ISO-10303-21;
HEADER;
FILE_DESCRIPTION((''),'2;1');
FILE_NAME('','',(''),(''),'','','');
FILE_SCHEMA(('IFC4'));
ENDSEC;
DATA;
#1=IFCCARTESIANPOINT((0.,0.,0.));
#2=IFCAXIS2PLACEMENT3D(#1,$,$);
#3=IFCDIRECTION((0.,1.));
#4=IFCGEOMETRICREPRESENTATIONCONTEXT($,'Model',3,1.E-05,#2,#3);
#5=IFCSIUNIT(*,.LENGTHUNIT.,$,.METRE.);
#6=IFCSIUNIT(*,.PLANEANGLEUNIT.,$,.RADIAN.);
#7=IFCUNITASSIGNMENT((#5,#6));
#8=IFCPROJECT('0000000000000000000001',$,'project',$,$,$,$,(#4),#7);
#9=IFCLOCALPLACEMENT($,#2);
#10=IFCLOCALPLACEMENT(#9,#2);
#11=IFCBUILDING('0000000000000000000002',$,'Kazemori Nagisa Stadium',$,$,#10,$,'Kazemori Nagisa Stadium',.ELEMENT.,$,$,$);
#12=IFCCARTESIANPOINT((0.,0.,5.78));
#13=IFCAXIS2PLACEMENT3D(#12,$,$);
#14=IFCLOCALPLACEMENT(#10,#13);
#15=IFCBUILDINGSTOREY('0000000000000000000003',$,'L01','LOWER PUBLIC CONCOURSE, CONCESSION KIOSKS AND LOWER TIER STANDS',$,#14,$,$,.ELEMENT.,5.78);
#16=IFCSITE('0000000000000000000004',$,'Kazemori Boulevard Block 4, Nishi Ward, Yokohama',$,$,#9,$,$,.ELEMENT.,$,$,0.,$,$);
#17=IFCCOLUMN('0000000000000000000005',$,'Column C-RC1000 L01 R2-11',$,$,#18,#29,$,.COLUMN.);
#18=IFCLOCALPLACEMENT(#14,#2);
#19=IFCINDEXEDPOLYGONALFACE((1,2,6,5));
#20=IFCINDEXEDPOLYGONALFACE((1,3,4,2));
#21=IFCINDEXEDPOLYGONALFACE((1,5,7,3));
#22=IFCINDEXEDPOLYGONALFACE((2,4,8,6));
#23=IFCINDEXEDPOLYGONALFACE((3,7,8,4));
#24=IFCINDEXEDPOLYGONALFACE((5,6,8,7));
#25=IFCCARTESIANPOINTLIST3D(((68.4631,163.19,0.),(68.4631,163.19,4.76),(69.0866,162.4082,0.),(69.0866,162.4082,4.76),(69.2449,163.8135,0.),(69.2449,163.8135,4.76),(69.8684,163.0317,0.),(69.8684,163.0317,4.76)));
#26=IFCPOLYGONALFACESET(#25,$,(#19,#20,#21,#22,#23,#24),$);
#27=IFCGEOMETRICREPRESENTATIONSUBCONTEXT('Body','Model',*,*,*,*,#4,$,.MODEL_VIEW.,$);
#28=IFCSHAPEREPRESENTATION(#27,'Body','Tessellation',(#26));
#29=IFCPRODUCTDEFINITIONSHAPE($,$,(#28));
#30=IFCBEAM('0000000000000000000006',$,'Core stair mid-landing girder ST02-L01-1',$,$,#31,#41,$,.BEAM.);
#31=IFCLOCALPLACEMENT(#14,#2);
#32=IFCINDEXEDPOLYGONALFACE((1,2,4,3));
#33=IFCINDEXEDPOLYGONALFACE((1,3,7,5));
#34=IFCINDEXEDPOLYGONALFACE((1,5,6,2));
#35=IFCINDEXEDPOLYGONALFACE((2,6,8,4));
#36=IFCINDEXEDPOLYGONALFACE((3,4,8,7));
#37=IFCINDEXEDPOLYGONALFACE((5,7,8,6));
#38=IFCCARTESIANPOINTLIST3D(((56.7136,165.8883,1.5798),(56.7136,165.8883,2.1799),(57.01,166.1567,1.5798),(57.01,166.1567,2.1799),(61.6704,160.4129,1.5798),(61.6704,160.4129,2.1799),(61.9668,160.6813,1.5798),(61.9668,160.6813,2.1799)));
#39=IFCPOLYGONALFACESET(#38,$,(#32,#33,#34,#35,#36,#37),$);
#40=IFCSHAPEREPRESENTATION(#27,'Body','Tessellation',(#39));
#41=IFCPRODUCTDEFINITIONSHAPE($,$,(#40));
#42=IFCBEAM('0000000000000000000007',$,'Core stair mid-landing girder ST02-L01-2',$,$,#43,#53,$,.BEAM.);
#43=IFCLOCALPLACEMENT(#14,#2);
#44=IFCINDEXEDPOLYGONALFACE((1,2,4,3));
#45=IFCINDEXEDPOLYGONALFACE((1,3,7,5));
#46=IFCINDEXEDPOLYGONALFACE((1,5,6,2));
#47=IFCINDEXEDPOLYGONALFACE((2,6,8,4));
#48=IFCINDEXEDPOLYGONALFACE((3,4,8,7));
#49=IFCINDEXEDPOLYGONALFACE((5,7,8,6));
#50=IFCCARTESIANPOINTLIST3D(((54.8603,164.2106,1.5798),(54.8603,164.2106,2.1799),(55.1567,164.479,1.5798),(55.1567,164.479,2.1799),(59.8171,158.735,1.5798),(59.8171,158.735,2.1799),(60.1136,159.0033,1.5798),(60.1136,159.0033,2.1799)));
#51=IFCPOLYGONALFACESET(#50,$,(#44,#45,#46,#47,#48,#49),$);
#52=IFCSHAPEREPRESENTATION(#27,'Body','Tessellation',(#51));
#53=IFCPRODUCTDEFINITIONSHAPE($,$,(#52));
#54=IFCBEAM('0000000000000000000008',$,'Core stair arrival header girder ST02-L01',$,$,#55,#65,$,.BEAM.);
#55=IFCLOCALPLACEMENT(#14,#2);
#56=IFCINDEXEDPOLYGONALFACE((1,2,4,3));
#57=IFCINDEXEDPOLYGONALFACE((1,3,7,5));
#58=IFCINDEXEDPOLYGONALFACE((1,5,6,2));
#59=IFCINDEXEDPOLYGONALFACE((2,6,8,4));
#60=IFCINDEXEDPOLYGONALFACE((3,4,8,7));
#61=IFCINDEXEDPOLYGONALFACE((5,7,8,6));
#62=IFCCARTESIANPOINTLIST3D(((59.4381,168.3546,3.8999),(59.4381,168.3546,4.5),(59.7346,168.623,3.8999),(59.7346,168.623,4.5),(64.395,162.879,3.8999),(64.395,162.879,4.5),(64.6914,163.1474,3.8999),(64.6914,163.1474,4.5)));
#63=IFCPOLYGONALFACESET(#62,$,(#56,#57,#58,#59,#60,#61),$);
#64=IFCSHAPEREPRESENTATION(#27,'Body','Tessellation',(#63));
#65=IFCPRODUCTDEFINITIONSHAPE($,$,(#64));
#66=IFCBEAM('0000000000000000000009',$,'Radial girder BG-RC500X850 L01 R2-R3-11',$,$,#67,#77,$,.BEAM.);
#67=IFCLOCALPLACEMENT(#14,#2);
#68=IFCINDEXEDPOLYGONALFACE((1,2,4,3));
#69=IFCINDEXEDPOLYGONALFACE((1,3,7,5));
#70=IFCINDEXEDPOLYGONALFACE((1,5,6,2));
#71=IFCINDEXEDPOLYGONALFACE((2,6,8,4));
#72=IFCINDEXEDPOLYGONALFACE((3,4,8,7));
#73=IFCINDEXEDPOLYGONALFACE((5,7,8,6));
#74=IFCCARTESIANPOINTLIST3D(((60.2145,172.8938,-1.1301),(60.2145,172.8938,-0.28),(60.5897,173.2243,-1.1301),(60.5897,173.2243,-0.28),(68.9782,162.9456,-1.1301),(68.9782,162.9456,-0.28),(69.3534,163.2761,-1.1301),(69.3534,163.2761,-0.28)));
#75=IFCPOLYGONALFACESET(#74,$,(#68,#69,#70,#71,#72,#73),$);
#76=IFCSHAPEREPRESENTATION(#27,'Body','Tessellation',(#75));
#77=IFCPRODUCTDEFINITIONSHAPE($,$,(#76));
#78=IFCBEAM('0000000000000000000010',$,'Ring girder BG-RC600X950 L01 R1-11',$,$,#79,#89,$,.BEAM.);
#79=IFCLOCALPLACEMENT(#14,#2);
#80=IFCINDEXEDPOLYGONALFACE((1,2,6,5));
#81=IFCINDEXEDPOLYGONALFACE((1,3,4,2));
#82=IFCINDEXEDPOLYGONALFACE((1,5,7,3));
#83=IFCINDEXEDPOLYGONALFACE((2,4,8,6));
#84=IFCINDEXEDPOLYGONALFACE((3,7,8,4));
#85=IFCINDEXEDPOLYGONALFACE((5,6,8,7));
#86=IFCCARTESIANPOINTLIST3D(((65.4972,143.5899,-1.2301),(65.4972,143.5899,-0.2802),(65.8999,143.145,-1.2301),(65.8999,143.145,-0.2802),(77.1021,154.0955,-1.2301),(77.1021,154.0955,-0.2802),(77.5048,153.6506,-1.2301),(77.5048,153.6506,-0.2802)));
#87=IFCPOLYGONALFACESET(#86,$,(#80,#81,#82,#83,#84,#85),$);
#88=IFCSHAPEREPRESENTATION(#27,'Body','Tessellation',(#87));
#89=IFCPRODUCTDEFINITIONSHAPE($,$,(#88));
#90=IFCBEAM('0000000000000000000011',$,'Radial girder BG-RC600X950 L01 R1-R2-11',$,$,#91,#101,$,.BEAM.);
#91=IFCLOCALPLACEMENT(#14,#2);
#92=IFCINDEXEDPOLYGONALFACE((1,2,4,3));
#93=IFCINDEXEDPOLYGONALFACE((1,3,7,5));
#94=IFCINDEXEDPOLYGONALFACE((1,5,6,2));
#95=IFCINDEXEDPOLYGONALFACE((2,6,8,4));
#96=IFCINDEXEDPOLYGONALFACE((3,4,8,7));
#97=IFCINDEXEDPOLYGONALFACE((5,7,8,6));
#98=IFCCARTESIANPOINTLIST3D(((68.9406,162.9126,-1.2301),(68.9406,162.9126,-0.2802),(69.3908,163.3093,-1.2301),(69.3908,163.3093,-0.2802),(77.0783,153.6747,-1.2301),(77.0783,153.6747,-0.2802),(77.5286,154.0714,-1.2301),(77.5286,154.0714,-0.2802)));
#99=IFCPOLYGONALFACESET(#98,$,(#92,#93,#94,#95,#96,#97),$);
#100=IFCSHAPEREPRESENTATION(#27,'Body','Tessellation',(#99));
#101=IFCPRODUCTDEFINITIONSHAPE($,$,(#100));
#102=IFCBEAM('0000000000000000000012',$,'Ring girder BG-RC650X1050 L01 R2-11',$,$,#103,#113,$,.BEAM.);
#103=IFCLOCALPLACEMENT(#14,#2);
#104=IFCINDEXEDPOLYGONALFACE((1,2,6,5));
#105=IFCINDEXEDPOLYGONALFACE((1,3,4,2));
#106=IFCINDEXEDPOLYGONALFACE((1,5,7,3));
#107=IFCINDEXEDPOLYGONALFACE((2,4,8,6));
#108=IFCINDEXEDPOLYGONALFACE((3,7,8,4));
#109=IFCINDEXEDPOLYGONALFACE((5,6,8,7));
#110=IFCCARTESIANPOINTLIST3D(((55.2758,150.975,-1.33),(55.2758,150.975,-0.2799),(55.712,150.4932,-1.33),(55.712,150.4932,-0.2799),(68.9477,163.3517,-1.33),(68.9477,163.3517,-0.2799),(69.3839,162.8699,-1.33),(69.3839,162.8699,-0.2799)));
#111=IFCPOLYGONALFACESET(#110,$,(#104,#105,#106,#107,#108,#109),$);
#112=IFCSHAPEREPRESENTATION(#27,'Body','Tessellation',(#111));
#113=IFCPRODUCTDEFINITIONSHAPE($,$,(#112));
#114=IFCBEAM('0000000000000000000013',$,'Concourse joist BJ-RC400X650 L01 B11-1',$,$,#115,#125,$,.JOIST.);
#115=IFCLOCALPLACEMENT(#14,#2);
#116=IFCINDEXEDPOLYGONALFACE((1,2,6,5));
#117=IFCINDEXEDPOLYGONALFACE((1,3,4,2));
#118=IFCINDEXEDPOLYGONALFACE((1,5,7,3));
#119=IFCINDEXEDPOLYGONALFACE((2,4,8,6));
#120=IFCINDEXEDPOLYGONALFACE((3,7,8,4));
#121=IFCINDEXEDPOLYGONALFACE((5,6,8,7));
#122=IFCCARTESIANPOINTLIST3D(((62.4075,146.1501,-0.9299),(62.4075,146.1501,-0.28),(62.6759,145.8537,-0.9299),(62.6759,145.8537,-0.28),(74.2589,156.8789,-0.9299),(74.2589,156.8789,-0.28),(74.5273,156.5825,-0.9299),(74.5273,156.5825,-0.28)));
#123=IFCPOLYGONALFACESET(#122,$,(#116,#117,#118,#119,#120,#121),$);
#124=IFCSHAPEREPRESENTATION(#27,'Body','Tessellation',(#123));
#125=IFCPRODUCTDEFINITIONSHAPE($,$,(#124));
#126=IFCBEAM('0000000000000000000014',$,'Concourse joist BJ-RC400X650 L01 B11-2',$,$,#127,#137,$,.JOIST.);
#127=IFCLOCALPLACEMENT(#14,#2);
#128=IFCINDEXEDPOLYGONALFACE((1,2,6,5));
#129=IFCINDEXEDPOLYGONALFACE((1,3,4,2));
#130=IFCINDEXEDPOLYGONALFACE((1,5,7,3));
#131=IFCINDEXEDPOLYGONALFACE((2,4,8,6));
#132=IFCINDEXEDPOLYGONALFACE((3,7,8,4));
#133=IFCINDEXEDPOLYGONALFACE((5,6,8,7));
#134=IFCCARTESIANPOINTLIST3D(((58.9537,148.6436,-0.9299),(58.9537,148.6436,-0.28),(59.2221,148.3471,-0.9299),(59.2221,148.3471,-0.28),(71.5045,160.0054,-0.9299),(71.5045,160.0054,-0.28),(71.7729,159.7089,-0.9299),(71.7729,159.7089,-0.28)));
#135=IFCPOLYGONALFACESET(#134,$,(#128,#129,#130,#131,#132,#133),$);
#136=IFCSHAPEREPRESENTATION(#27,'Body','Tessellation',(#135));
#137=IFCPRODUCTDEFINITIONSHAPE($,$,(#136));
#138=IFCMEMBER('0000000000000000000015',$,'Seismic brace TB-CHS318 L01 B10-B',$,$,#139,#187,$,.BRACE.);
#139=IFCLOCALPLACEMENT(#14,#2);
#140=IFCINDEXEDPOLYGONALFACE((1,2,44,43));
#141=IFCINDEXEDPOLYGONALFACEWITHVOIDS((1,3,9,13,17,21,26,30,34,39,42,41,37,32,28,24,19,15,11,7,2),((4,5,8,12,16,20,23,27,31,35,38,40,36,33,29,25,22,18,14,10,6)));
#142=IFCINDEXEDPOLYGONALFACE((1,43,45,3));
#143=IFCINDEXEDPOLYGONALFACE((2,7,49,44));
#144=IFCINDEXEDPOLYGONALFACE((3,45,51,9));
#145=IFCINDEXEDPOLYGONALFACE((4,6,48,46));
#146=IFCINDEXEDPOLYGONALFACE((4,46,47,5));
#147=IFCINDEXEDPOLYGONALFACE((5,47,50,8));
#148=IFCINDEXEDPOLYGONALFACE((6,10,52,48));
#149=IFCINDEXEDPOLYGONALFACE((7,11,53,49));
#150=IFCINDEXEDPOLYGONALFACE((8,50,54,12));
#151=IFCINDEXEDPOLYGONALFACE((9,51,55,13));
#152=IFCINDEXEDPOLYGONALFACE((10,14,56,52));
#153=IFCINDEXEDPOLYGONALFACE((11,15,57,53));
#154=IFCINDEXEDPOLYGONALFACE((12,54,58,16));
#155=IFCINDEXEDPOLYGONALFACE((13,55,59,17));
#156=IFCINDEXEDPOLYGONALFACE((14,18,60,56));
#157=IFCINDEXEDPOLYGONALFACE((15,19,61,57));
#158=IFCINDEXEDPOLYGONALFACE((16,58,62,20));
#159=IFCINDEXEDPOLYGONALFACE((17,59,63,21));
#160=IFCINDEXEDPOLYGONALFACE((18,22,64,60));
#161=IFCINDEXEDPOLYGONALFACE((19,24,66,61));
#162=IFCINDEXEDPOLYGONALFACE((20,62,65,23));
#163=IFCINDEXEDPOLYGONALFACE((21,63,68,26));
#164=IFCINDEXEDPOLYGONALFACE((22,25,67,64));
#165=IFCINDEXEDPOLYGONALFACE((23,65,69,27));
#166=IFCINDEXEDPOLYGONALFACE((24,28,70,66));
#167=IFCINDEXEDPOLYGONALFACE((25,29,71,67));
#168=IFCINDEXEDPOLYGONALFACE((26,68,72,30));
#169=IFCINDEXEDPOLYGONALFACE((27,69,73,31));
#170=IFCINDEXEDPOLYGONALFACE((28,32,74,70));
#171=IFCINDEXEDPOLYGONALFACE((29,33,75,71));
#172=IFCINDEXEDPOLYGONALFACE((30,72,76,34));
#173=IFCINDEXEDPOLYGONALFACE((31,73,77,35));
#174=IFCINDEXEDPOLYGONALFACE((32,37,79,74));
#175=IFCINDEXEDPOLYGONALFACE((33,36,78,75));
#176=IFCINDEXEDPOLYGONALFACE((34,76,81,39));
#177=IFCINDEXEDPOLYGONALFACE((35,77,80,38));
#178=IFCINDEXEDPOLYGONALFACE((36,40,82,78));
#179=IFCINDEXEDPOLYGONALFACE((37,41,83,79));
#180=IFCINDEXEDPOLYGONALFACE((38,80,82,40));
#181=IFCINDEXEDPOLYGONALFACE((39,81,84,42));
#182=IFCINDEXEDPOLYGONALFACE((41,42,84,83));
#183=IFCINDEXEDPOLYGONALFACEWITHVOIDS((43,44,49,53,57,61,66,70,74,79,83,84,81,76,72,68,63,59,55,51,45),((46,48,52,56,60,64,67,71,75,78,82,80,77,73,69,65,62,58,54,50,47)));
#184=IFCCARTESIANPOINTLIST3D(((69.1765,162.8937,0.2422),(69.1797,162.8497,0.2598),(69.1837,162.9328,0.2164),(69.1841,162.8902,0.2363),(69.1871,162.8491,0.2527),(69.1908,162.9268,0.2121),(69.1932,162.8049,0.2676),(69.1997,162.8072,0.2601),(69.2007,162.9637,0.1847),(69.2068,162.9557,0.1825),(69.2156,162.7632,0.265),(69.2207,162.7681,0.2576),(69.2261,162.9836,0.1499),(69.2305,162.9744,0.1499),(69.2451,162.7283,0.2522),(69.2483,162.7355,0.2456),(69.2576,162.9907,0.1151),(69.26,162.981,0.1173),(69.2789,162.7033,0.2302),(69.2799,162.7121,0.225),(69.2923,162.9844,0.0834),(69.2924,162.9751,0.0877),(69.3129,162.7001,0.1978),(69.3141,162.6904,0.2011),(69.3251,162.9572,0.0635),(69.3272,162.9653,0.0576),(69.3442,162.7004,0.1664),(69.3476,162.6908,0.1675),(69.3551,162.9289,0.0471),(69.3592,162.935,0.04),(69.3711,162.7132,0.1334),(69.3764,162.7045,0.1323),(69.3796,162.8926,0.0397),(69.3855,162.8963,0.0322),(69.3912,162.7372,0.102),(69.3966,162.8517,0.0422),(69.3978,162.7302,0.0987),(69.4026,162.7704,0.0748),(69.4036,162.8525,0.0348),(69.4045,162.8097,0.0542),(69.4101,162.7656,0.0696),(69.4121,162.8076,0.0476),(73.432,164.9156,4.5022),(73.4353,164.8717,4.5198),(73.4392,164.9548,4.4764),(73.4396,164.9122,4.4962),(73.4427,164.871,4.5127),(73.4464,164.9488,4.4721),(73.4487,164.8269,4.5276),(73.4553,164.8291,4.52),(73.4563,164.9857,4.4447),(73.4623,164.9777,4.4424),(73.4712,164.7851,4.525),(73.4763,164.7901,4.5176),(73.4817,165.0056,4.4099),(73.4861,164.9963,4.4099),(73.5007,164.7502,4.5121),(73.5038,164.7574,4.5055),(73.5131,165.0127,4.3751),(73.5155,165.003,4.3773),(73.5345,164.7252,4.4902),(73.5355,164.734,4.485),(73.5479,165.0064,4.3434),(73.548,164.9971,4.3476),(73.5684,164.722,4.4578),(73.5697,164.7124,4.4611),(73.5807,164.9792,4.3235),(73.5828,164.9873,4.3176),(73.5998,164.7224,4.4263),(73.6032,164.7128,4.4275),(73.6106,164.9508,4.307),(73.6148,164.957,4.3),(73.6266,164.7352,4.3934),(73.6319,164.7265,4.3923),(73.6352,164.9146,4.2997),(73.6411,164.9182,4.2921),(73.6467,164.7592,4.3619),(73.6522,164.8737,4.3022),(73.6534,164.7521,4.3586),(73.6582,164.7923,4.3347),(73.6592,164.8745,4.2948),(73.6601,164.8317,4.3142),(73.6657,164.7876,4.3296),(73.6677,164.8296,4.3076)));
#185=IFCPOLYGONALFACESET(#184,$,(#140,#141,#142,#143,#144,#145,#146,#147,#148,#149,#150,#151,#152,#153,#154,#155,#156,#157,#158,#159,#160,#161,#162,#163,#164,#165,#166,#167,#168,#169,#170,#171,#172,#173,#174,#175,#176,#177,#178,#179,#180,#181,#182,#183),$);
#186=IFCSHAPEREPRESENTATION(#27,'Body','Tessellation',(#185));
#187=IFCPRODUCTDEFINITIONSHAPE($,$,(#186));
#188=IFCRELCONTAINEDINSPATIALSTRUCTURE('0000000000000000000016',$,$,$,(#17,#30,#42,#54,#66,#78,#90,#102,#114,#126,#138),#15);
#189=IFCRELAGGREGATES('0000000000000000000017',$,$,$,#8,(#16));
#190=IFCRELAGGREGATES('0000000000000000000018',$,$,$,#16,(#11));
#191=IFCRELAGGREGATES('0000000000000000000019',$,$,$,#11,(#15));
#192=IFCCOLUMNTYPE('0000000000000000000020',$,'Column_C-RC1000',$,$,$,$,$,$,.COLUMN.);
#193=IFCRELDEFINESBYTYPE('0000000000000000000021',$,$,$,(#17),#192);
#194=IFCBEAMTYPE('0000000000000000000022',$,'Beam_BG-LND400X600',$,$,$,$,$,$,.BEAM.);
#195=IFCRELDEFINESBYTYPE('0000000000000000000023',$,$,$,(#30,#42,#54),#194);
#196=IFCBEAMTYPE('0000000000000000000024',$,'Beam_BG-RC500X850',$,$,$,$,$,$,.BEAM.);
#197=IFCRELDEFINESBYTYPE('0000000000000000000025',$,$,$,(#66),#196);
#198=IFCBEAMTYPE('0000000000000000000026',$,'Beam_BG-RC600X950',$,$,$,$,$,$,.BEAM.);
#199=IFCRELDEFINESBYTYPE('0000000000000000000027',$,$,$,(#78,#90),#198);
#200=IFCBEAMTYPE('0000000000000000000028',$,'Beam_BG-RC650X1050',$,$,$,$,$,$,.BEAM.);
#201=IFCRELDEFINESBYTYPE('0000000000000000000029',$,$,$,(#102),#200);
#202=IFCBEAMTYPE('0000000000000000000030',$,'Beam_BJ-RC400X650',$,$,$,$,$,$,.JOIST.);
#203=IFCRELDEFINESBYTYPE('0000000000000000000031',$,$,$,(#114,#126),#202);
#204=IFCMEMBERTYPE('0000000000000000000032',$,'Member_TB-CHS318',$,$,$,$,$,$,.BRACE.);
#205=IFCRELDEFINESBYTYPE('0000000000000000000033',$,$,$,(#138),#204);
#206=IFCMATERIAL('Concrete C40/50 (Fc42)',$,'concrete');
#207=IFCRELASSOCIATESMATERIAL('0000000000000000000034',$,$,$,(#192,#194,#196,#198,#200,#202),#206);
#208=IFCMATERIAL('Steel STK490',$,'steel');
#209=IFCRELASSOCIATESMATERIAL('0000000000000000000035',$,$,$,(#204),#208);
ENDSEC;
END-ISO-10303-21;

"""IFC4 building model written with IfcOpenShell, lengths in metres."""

from ifc_helpers import new_model, si_unit, direction, frame, origin, origin_2d, place, context, subcontext, project, spatial, rectangle, hollow_circle, extrude, material, material_profile, profile_set, type_object, element, save


model = new_model("IFC4")

# Units and contexts
model_context = context("Model", 3, precision=1e-05, world=origin(), true_north=direction((0.0, 1.0)))
body_context = subcontext(model_context, "Body", "Model", "MODEL_VIEW")
ifc_project = project(units=[si_unit("LENGTHUNIT", "METRE"), si_unit("PLANEANGLEUNIT", "RADIAN")], contexts=[model_context])

# Site, building, storey
site_placement = place(None, origin())
site = spatial("IfcSite", under=ifc_project, at=site_placement, Name="Kazemori Boulevard Block 4, Nishi Ward, Yokohama", CompositionType="ELEMENT", RefElevation=0.0)
building_placement = place(site_placement, origin())
building = spatial("IfcBuilding", under=site, at=building_placement, Name="Kazemori Nagisa Stadium", LongName="Kazemori Nagisa Stadium", CompositionType="ELEMENT")
storey_placement = place(building_placement, frame((0.0, 0.0, 5.78)))
storey = spatial("IfcBuildingStorey", under=building, at=storey_placement, Name="L01", Description="LOWER PUBLIC CONCOURSE, CONCESSION KIOSKS AND LOWER TIER STANDS", CompositionType="ELEMENT", Elevation=5.78)

# Column
ifc_material_1 = material(Name="Concrete C40/50 (Fc42)", Category="concrete")
ifc_material_profile_1 = material_profile(ifc_material_1, rectangle(XDim=1.0, YDim=1.0, at=origin_2d()), Name="RC-COL-1000x1000")
ifc_profile_set_1 = profile_set([ifc_material_profile_1], Name="Concrete C40/50 (Fc42)")
column_type_1 = type_object("IfcColumnType", Name="Column_C-RC1000", PredefinedType="COLUMN", material=ifc_profile_set_1)
column_1_placement = place(storey_placement, frame((69.1658, 163.1108, 0.0), z_axis=(0.0, 0.0, 1.0), x_axis=(-0.62349, 0.781831, 0.0)))
element("IfcColumn", 1, at=column_1_placement, inside=storey, type_object=column_type_1, Name="Column C-RC1000 L01 R2-11", PredefinedType="COLUMN", context=body_context, shape_type="SweptSolid", body=[
    extrude(rectangle(XDim=1.0, YDim=1.0, at=origin_2d()), origin(), (0.0, 0.0, 1.0), 4.76),
])

# Beams
ifc_material_profile_2 = material_profile(ifc_material_1, rectangle(XDim=0.3999, YDim=0.6001, at=origin_2d()), Name="RC-BM-400x600")
ifc_profile_set_2 = profile_set([ifc_material_profile_2], Name="Concrete C40/50 (Fc42)")
beam_type_1 = type_object("IfcBeamType", Name="Beam_BG-LND400X600", PredefinedType="BEAM", material=ifc_profile_set_2)
beam_1_placement = place(storey_placement, frame((61.8186, 160.5471, 1.8799), z_axis=(-0.67113, 0.74134, 0.0), x_axis=(-0.74134, -0.67113, 0.0)))
element("IfcBeam", 2, at=beam_1_placement, inside=storey, type_object=beam_type_1, Name="Core stair mid-landing girder ST02-L01-1", PredefinedType="BEAM", context=body_context, shape_type="SweptSolid", body=[
    extrude(rectangle(XDim=0.3999, YDim=0.6001, at=origin_2d()), origin(), (0.0, 0.0, 1.0), 7.3857),
])
for number, where, z_axis, x_axis, name in (
    (3, (59.9653, 158.8691, 1.8799), (-0.671113, 0.741355, 0.0), (-0.741355, -0.671113, 0.0), "Core stair mid-landing girder ST02-L01-2"),
    (4, (64.5432, 163.0132, 4.2), (-0.671113, 0.741355, 0.0), (-0.741355, -0.671113, 0.0), "Core stair arrival header girder ST02-L01"),
):
    element("IfcBeam", number, at=place(storey_placement, frame(where, z_axis=z_axis, x_axis=x_axis)), inside=storey, type_object=beam_type_1, Name=name, PredefinedType="BEAM", context=body_context, shape_type="SweptSolid", body=[
        extrude(rectangle(XDim=0.3999, YDim=0.6001, at=origin_2d()), origin(), (0.0, 0.0, 1.0), 7.386),
    ])
ifc_material_profile_3 = material_profile(ifc_material_1, rectangle(XDim=0.5, YDim=0.8501, at=origin_2d()), Name="RC-BM-500x850")
ifc_profile_set_3 = profile_set([ifc_material_profile_3], Name="Concrete C40/50 (Fc42)")
beam_type_2 = type_object("IfcBeamType", Name="Beam_BG-RC500X850", PredefinedType="BEAM", material=ifc_profile_set_3)
beam_2_placement = place(storey_placement, frame((69.1658, 163.1108, -0.7051), z_axis=(-0.66102, 0.750369, 0.0), x_axis=(-0.750369, -0.66102, 0.0)))
element("IfcBeam", 5, at=beam_2_placement, inside=storey, type_object=beam_type_2, Name="Radial girder BG-RC500X850 L01 R2-R3-11", PredefinedType="BEAM", context=body_context, shape_type="SweptSolid", body=[
    extrude(rectangle(XDim=0.5, YDim=0.8501, at=origin_2d()), origin(), (0.0, 0.0, 1.0), 13.2578),
])
ifc_material_profile_4 = material_profile(ifc_material_1, rectangle(XDim=0.6001, YDim=0.95, at=origin_2d()), Name="RC-BM-600x950")
ifc_profile_set_4 = profile_set([ifc_material_profile_4], Name="Concrete C40/50 (Fc42)")
beam_type_3 = type_object("IfcBeamType", Name="Beam_BG-RC600X950", PredefinedType="BEAM", material=ifc_profile_set_4)
beam_3_placement = place(storey_placement, frame((77.3035, 153.873, -0.7551), z_axis=(-0.741349, -0.67112, 0.0), x_axis=(0.67112, -0.741349, 0.0)))
element("IfcBeam", 6, at=beam_3_placement, inside=storey, type_object=beam_type_3, Name="Ring girder BG-RC600X950 L01 R1-11", PredefinedType="BEAM", context=body_context, shape_type="SweptSolid", body=[
    extrude(rectangle(XDim=0.6001, YDim=0.95, at=origin_2d()), origin(), (0.0, 0.0, 1.0), 15.6538),
])
beam_4_placement = place(storey_placement, frame((77.3035, 153.873, -0.7551), z_axis=(-0.661014, 0.750374, 0.0), x_axis=(-0.750374, -0.661014, 0.0)))
element("IfcBeam", 7, at=beam_4_placement, inside=storey, type_object=beam_type_3, Name="Radial girder BG-RC600X950 L01 R1-R2-11", PredefinedType="BEAM", context=body_context, shape_type="SweptSolid", body=[
    extrude(rectangle(XDim=0.6001, YDim=0.95, at=origin_2d()), origin(), (0.0, 0.0, 1.0), 12.311),
])
ifc_material_profile_5 = material_profile(ifc_material_1, rectangle(XDim=0.6499, YDim=1.05, at=origin_2d()), Name="RC-BM-650x1050")
ifc_profile_set_5 = profile_set([ifc_material_profile_5], Name="Concrete C40/50 (Fc42)")
beam_type_4 = type_object("IfcBeamType", Name="Beam_BG-RC650X1050", PredefinedType="BEAM", material=ifc_profile_set_5)
beam_5_placement = place(storey_placement, frame((69.1658, 163.1108, -0.8049), z_axis=(-0.741349, -0.67112, 0.0), x_axis=(0.67112, -0.741349, 0.0)))
element("IfcBeam", 8, at=beam_5_placement, inside=storey, type_object=beam_type_4, Name="Ring girder BG-RC650X1050 L01 R2-11", PredefinedType="BEAM", context=body_context, shape_type="SweptSolid", body=[
    extrude(rectangle(XDim=0.6499, YDim=1.05, at=origin_2d()), origin(), (0.0, 0.0, 1.0), 18.4419),
])
ifc_material_profile_6 = material_profile(ifc_material_1, rectangle(XDim=0.3999, YDim=0.6499, at=origin_2d()), Name="RC-BM-400x650")
ifc_profile_set_6 = profile_set([ifc_material_profile_6], Name="Concrete C40/50 (Fc42)")
beam_type_5 = type_object("IfcBeamType", Name="Beam_BJ-RC400X650", PredefinedType="JOIST", material=ifc_profile_set_6)
beam_6_placement = place(storey_placement, frame((74.3931, 156.7307, -0.605), z_axis=(-0.741345, -0.671124, 0.0), x_axis=(0.671124, -0.741345, 0.0)))
element("IfcBeam", 9, at=beam_6_placement, inside=storey, type_object=beam_type_5, Name="Concourse joist BJ-RC400X650 L01 B11-1", PredefinedType="JOIST", context=body_context, shape_type="SweptSolid", body=[
    extrude(rectangle(XDim=0.3999, YDim=0.6499, at=origin_2d()), origin(), (0.0, 0.0, 1.0), 15.9863),
])
beam_7_placement = place(storey_placement, frame((71.6387, 159.8572, -0.605), z_axis=(-0.741349, -0.671119, 0.0), x_axis=(0.671119, -0.741349, 0.0)))
element("IfcBeam", 10, at=beam_7_placement, inside=storey, type_object=beam_type_5, Name="Concourse joist BJ-RC400X650 L01 B11-2", PredefinedType="JOIST", context=body_context, shape_type="SweptSolid", body=[
    extrude(rectangle(XDim=0.3999, YDim=0.6499, at=origin_2d()), origin(), (0.0, 0.0, 1.0), 16.9297),
])

# Member
ifc_material_2 = material(Name="Steel STK490", Category="steel")
ifc_material_profile_7 = material_profile(ifc_material_2, hollow_circle(Radius=0.1592, WallThickness=0.0103, at=origin_2d()), Name="CHS-318.5x10.3")
ifc_profile_set_7 = profile_set([ifc_material_profile_7], Name="Steel STK490")
member_type = type_object("IfcMemberType", Name="Member_TB-CHS318", PredefinedType="BRACE", material=ifc_profile_set_7)
member_placement = place(storey_placement, frame((69.2944, 162.8398, 0.1499), z_axis=(0.669978, 0.318327, 0.67067), x_axis=(-0.429153, 0.903232, 0.0)))
element("IfcMember", 11, at=member_placement, inside=storey, type_object=member_type, Name="Seismic brace TB-CHS318 L01 B10-B", PredefinedType="BRACE", context=body_context, shape_type="SweptSolid", body=[
    extrude(hollow_circle(Radius=0.1592, WallThickness=0.0103, at=origin_2d()), origin(), (0.0, 0.0, 1.0), 6.3518),
])

save(model, "model.ifc")
